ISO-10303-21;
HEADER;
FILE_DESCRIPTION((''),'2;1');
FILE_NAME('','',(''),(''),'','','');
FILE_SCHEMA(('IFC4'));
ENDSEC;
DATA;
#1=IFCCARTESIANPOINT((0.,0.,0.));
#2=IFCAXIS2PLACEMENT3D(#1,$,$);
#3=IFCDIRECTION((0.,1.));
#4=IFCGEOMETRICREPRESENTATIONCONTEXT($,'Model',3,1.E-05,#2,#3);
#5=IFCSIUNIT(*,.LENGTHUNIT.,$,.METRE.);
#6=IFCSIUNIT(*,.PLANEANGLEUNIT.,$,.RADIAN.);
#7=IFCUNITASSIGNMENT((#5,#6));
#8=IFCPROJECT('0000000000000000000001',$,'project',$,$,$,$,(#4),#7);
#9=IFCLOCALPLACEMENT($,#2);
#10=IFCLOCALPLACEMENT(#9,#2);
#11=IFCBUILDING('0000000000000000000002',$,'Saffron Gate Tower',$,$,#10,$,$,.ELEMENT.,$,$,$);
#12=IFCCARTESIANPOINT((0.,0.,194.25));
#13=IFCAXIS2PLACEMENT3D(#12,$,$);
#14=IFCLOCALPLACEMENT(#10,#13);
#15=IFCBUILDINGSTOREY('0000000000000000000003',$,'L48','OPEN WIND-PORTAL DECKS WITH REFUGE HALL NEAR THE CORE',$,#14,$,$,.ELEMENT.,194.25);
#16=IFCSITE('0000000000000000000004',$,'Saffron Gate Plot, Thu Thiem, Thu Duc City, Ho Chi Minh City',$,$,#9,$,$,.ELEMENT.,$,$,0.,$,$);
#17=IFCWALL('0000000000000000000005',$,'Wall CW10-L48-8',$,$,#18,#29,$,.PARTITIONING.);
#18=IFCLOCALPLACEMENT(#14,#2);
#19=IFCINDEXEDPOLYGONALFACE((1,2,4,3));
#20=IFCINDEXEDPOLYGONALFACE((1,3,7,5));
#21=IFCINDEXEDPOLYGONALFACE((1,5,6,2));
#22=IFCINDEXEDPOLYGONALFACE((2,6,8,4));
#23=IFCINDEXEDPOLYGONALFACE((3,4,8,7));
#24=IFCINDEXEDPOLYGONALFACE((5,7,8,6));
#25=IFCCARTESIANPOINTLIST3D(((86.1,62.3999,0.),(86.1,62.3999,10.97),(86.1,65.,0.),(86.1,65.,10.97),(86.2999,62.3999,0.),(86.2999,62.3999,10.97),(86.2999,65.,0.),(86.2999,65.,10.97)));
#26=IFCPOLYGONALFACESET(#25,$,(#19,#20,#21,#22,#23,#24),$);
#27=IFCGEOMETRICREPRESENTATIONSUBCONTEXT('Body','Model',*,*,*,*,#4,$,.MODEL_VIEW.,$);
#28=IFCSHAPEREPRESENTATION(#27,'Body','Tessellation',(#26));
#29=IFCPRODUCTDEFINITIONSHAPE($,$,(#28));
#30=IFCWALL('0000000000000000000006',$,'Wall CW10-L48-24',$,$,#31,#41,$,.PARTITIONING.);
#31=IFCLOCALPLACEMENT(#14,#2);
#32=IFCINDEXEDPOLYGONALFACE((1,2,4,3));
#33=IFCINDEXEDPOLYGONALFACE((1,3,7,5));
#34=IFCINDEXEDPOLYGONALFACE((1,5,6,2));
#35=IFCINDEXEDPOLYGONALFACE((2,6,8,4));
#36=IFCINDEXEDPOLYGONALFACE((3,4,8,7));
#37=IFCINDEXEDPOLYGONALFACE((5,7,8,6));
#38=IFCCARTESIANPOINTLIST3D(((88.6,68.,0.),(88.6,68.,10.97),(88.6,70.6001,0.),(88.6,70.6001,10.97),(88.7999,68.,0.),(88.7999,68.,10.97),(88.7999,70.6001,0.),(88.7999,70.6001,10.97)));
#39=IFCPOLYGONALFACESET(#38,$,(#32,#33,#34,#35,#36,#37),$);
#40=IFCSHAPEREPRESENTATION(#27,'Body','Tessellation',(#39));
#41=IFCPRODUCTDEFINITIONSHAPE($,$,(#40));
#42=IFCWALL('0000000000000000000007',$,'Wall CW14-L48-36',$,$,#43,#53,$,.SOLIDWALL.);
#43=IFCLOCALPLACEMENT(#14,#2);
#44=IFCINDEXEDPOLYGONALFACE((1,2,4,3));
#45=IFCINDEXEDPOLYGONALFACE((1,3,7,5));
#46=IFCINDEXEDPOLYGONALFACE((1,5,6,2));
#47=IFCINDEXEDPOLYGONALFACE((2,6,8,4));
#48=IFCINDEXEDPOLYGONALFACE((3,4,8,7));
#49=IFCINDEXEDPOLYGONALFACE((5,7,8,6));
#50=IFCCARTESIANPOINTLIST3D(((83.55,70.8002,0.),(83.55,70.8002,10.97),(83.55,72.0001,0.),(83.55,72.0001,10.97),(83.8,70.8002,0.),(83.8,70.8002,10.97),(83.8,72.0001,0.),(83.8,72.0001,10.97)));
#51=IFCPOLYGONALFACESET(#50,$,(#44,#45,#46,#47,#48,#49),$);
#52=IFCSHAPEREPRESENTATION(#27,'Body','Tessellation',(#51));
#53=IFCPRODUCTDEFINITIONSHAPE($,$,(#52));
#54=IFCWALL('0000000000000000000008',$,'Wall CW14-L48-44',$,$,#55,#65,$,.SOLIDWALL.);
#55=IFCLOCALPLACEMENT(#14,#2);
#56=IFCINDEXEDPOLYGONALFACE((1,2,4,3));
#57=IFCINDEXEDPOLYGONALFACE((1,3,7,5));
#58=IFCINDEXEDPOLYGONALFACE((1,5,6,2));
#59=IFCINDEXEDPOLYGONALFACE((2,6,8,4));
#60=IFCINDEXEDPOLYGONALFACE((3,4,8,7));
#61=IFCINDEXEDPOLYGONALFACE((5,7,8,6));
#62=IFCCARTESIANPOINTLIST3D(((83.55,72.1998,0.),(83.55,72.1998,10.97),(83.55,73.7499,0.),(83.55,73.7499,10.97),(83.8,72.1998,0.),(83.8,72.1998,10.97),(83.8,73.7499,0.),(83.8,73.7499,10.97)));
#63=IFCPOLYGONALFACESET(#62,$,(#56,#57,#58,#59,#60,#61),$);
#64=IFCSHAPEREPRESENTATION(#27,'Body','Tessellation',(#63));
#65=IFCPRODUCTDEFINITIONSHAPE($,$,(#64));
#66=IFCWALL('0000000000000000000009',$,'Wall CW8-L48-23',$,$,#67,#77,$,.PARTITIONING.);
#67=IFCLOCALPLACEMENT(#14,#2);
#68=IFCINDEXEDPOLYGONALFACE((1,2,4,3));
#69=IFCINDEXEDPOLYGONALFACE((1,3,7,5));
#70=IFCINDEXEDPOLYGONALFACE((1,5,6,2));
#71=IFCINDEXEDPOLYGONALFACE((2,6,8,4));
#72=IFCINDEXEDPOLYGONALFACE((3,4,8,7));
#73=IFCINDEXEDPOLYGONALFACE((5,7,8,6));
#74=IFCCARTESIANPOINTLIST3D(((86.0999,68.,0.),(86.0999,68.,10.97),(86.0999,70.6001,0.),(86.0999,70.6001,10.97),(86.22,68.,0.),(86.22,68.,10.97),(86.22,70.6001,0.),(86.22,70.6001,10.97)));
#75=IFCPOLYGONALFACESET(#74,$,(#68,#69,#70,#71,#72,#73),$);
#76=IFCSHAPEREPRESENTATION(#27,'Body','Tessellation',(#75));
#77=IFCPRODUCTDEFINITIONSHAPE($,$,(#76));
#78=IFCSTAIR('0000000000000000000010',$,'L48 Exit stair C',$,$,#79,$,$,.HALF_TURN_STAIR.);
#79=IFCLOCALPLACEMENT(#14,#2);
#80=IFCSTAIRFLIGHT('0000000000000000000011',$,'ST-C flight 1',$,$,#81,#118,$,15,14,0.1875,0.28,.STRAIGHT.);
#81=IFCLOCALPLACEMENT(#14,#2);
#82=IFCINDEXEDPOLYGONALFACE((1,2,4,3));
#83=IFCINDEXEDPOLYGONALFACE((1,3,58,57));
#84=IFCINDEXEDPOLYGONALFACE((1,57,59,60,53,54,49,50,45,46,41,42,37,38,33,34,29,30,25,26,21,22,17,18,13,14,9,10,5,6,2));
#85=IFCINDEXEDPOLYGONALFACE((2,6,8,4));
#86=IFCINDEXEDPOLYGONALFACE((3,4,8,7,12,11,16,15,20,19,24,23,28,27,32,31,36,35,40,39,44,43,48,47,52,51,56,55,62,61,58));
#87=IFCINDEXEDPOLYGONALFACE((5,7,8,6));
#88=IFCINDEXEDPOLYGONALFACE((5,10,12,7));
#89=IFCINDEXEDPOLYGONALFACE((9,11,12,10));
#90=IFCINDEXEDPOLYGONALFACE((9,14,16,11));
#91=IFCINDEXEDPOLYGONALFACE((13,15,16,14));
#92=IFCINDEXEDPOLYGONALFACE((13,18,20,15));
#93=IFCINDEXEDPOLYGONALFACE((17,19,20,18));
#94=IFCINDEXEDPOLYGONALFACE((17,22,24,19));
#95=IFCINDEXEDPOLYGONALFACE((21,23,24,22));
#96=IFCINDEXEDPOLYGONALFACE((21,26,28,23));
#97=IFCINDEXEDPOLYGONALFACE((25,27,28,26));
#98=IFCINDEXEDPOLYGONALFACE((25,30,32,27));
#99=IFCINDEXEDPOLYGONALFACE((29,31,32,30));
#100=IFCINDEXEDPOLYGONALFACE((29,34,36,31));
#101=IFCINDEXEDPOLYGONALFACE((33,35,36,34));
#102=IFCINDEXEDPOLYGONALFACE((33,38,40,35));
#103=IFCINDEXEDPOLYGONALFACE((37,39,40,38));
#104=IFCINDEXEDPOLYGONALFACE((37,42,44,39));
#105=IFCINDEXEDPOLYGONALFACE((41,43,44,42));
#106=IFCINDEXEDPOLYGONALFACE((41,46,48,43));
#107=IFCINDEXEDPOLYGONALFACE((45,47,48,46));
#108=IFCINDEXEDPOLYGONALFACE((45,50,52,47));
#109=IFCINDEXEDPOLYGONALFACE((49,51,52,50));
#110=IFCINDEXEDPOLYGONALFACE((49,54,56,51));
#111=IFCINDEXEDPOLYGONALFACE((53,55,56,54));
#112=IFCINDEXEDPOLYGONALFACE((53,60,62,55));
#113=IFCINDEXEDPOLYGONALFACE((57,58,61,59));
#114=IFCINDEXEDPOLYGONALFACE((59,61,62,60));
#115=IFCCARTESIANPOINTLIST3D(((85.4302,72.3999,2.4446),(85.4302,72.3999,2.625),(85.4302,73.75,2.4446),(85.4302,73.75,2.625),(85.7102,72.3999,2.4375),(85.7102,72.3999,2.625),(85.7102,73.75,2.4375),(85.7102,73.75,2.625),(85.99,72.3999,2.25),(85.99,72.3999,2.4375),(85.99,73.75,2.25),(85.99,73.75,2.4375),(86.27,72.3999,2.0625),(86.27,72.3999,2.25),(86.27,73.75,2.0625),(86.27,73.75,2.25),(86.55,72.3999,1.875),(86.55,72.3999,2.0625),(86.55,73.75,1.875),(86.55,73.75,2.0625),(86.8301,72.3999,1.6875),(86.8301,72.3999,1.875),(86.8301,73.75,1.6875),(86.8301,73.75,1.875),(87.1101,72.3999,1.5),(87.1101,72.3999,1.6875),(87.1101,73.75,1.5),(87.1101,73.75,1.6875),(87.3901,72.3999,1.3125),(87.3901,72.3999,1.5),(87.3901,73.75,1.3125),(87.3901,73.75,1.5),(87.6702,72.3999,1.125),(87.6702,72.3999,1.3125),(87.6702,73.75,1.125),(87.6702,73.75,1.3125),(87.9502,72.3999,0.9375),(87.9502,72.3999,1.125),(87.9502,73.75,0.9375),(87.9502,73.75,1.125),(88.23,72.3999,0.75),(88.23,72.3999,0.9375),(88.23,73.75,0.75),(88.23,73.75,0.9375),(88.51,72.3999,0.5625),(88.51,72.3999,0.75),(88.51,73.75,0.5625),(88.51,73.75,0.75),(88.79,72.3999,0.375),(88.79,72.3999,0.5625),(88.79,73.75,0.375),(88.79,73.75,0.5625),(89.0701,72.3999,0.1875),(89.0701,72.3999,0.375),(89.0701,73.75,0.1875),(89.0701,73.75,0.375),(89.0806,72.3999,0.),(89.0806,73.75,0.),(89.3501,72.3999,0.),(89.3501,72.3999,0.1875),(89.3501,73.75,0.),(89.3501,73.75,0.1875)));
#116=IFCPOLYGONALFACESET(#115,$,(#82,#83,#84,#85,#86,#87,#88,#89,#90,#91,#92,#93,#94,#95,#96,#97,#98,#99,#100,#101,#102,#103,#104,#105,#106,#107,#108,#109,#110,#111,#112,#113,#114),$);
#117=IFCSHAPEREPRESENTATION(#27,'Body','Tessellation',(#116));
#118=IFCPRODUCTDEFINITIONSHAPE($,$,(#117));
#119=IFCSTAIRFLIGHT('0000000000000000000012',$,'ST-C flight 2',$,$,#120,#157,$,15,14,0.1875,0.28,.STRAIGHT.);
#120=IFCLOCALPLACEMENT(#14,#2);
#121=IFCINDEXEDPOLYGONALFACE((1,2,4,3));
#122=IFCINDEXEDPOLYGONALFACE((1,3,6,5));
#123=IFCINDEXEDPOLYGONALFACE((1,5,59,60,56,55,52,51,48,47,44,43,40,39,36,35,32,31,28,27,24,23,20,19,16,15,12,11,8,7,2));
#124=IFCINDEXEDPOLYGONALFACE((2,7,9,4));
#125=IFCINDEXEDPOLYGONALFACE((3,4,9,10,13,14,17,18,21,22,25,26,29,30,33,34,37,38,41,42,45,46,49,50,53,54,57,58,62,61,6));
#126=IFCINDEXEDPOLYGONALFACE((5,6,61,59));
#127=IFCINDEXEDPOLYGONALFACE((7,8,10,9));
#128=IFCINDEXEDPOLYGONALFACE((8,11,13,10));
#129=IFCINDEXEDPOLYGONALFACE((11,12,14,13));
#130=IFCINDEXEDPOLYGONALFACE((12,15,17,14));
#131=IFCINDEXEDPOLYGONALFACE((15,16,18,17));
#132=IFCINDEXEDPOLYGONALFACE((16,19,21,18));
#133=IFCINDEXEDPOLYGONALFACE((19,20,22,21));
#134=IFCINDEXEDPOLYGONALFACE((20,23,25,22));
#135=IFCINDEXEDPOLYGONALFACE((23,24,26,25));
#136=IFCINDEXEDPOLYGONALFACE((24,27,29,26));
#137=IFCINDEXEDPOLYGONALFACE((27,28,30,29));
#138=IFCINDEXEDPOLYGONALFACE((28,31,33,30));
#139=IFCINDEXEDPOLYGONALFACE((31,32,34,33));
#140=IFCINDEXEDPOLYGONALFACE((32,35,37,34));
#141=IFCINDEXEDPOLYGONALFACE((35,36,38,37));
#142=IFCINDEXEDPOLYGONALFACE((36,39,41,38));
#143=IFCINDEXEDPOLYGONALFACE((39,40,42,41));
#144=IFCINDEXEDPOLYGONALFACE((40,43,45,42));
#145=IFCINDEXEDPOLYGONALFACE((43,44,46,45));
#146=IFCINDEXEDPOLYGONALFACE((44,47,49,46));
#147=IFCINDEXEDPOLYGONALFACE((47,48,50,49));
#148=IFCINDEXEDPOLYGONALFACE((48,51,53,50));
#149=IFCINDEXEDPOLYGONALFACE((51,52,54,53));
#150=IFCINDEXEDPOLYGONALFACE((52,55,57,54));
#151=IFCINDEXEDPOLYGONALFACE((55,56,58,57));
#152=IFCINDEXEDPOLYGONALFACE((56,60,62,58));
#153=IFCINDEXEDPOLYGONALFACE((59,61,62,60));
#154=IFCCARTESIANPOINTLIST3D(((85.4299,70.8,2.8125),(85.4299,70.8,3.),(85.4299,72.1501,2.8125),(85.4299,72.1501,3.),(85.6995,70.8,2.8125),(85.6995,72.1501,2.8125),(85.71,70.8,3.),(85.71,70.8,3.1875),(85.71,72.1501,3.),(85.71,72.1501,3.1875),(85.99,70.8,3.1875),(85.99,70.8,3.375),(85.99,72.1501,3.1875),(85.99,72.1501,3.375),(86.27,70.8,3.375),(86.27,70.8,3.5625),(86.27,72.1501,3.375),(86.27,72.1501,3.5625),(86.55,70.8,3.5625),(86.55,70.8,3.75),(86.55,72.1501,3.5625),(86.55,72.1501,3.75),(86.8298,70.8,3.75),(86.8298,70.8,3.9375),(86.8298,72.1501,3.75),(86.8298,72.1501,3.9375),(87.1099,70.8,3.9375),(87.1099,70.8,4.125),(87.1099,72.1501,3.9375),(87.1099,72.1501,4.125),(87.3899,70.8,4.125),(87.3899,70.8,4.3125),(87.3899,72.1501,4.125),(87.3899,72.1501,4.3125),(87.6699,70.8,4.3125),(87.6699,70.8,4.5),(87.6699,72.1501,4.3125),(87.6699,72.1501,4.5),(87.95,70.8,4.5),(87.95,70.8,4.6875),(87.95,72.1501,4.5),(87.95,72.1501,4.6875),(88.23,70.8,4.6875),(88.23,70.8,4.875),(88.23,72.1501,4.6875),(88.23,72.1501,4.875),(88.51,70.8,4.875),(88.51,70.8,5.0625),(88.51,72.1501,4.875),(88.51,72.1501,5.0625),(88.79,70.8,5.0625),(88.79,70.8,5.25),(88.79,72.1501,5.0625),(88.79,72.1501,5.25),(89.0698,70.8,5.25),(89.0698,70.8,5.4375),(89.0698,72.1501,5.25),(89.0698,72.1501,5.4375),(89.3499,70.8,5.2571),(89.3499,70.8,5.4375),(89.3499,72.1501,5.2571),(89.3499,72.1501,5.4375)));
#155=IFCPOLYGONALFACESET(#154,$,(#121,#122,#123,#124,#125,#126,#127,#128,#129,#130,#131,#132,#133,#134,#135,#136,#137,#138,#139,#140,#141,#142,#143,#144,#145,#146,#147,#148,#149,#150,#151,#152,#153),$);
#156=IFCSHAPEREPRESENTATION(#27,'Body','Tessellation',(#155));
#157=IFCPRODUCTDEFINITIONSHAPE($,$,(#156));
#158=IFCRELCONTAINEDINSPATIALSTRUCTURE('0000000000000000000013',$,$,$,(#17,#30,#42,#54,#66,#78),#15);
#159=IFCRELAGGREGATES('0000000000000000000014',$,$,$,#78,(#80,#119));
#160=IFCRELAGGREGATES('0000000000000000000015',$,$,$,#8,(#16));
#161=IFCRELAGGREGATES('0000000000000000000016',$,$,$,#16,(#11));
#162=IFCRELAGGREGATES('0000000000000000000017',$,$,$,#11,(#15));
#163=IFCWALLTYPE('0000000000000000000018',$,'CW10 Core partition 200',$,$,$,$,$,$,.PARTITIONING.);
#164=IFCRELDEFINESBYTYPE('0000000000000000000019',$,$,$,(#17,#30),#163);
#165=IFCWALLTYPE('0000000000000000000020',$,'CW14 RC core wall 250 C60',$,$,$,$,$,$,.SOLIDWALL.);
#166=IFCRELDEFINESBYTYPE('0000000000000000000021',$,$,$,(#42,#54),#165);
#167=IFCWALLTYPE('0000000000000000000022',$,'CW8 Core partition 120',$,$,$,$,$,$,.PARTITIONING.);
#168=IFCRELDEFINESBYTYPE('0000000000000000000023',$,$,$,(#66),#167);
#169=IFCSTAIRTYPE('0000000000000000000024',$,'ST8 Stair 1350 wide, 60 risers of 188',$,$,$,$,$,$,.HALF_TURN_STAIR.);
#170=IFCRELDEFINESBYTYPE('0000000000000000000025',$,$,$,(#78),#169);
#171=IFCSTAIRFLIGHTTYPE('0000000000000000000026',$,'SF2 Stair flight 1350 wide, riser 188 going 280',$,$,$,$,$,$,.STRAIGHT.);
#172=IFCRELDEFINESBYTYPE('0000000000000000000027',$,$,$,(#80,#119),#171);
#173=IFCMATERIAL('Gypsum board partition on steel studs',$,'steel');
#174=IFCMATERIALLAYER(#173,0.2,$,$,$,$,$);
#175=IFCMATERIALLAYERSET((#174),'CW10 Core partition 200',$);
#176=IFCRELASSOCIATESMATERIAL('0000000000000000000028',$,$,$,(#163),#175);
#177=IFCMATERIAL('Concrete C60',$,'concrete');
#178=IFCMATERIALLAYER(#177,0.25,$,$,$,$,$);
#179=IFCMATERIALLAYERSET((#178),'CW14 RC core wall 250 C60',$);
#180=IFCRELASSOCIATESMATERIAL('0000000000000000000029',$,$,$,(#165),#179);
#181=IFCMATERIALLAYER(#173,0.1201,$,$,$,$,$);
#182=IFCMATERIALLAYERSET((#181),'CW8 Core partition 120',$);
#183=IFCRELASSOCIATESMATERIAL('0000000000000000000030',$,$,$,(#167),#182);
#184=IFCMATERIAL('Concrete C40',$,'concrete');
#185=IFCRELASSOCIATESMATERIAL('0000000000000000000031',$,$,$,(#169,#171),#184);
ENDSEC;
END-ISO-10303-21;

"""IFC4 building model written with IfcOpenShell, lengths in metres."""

from ifc_helpers import new_model, si_unit, direction, frame, frame_2d, origin, place, context, subcontext, project, spatial, polyline, rectangle, outline, extrude, material, layer, layer_set, type_object, element, aggregate, save


model = new_model("IFC4")

# Units and contexts
model_context = context("Model", 3, precision=1e-05, world=origin(), true_north=direction((0.0, 1.0)))
body_context = subcontext(model_context, "Body", "Model", "MODEL_VIEW")
ifc_project = project(units=[si_unit("LENGTHUNIT", "METRE"), si_unit("PLANEANGLEUNIT", "RADIAN")], contexts=[model_context])

# Site, building, storey
site_placement = place(None, origin())
site = spatial("IfcSite", under=ifc_project, at=site_placement, Name="Saffron Gate Plot, Thu Thiem, Thu Duc City, Ho Chi Minh City", CompositionType="ELEMENT", RefElevation=0.0)
building_placement = place(site_placement, origin())
building = spatial("IfcBuilding", under=site, at=building_placement, Name="Saffron Gate Tower", CompositionType="ELEMENT")
storey_placement = place(building_placement, frame((0.0, 0.0, 194.25)))
storey = spatial("IfcBuildingStorey", under=building, at=storey_placement, Name="L48", Description="OPEN WIND-PORTAL DECKS WITH REFUGE HALL NEAR THE CORE", CompositionType="ELEMENT", Elevation=194.25)

# Walls
ifc_material_1 = material(Name="Gypsum board partition on steel studs", Category="steel")
ifc_layer_1 = layer(ifc_material_1, 0.2)
ifc_layer_set_1 = layer_set([ifc_layer_1], Name="CW10 Core partition 200")
wall_type_1 = type_object("IfcWallType", Name="CW10 Core partition 200", PredefinedType="PARTITIONING", material=ifc_layer_set_1)
for number, where, z_axis, x_axis, name in (
    (1, (86.2, 62.3999, 0.0), (0.0, 0.0, 1.0), (0.0, 1.0, 0.0), "Wall CW10-L48-8"),
    (2, (88.7, 68.0, 0.0), (0.0, 0.0, 1.0), (0.0, 1.0, 0.0), "Wall CW10-L48-24"),
):
    element("IfcWall", number, at=place(storey_placement, frame(where, z_axis=z_axis, x_axis=x_axis)), inside=storey, type_object=wall_type_1, Name=name, PredefinedType="PARTITIONING", context=body_context, shape_type="SweptSolid", body=[
        extrude(rectangle(XDim=2.6001, YDim=0.2, at=frame_2d((1.3, 0.0))), origin(), (0.0, 0.0, 1.0), 10.97),
    ])
ifc_material_2 = material(Name="Concrete C60", Category="concrete")
ifc_layer_2 = layer(ifc_material_2, 0.25)
ifc_layer_set_2 = layer_set([ifc_layer_2], Name="CW14 RC core wall 250 C60")
wall_type_2 = type_object("IfcWallType", Name="CW14 RC core wall 250 C60", PredefinedType="SOLIDWALL", material=ifc_layer_set_2)
wall_1_placement = place(storey_placement, frame((83.675, 70.8, 0.0), z_axis=(0.0, 0.0, 1.0), x_axis=(0.0, 1.0, 0.0)))
element("IfcWall", 3, at=wall_1_placement, inside=storey, type_object=wall_type_2, Name="Wall CW14-L48-36", PredefinedType="SOLIDWALL", context=body_context, shape_type="SweptSolid", body=[
    extrude(rectangle(XDim=1.2, YDim=0.25, at=frame_2d((0.6001, 0.0))), origin(), (0.0, 0.0, 1.0), 10.97),
])
wall_2_placement = place(storey_placement, frame((83.675, 72.2, 0.0), z_axis=(0.0, 0.0, 1.0), x_axis=(0.0, 1.0, 0.0)))
element("IfcWall", 4, at=wall_2_placement, inside=storey, type_object=wall_type_2, Name="Wall CW14-L48-44", PredefinedType="SOLIDWALL", context=body_context, shape_type="SweptSolid", body=[
    extrude(rectangle(XDim=1.55, YDim=0.25, at=frame_2d((0.7749, 0.0))), origin(), (0.0, 0.0, 1.0), 10.97),
])
ifc_layer_3 = layer(ifc_material_1, 0.1201)
ifc_layer_set_3 = layer_set([ifc_layer_3], Name="CW8 Core partition 120")
wall_type_3 = type_object("IfcWallType", Name="CW8 Core partition 120", PredefinedType="PARTITIONING", material=ifc_layer_set_3)
wall_3_placement = place(storey_placement, frame((86.1599, 68.0, 0.0), z_axis=(0.0, 0.0, 1.0), x_axis=(0.0, 1.0, 0.0)))
element("IfcWall", 5, at=wall_3_placement, inside=storey, type_object=wall_type_3, Name="Wall CW8-L48-23", PredefinedType="PARTITIONING", context=body_context, shape_type="SweptSolid", body=[
    extrude(rectangle(XDim=2.6001, YDim=0.1201, at=frame_2d((1.3, 0.0))), origin(), (0.0, 0.0, 1.0), 10.97),
])

# Stair, stair flights
ifc_material_3 = material(Name="Concrete C40", Category="concrete")
stair_type = type_object("IfcStairType", Name="ST8 Stair 1350 wide, 60 risers of 188", PredefinedType="HALF_TURN_STAIR", material=ifc_material_3)
stair_placement = place(storey_placement, origin())
stair = element("IfcStair", 6, at=stair_placement, inside=storey, type_object=stair_type, Name="L48 Exit stair C", PredefinedType="HALF_TURN_STAIR")
stair_flight_type = type_object("IfcStairFlightType", Name="SF2 Stair flight 1350 wide, riser 188 going 280", PredefinedType="STRAIGHT", material=ifc_material_3)
stair_flight_1_placement = place(storey_placement, frame((89.3501, 73.075, 0.0), z_axis=(0.0, 0.0, 1.0), x_axis=(-1.0, 0.0, 0.0)))
stair_flight_1 = element("IfcStairFlight", 7, at=stair_flight_1_placement, type_object=stair_flight_type, Name="ST-C flight 1", NumberOfRisers=15, NumberOfTreads=14, PredefinedType="STRAIGHT", RiserHeight=0.1875, TreadLength=0.28, context=body_context, shape_type="SweptSolid", body=[
    extrude(outline(polyline([(0.0, 0.0), (0.0, 0.1875), (0.28, 0.1875), (0.28, 0.375), (0.5601, 0.375), (0.5601, 0.5625), (0.8401, 0.5625), (0.8401, 0.75), (1.1201, 0.75), (1.1201, 0.9375), (1.3999, 0.9375), (1.3999, 1.125), (1.6799, 1.125), (1.6799, 1.3125), (1.96, 1.3125), (1.96, 1.5), (2.24, 1.5), (2.24, 1.6875), (2.52, 1.6875), (2.52, 1.875), (2.8, 1.875), (2.8, 2.0625), (3.0801, 2.0625), (3.0801, 2.25), (3.3601, 2.25), (3.3601, 2.4375), (3.6399, 2.4375), (3.6399, 2.625), (3.9199, 2.625), (3.9199, 2.8125), (3.9199, 2.4446), (0.2695, 0.0), (0.0, 0.0)])), frame((0.0, 0.675, 0.0), z_axis=(0.0, -1.0, 0.0), x_axis=(1.0, 0.0, 0.0)), (0.0, 0.0, 1.0), 1.3501),
])
stair_flight_2_placement = place(storey_placement, frame((85.4299, 71.4751, 2.8125), z_axis=(0.0, 0.0, 1.0), x_axis=(1.0, 0.0, 0.0)))
stair_flight_2 = element("IfcStairFlight", 8, at=stair_flight_2_placement, type_object=stair_flight_type, Name="ST-C flight 2", NumberOfRisers=15, NumberOfTreads=14, PredefinedType="STRAIGHT", RiserHeight=0.1875, TreadLength=0.28, context=body_context, shape_type="SweptSolid", body=[
    extrude(outline(polyline([(0.0, 0.0), (0.0, 0.1875), (0.28, 0.1875), (0.28, 0.375), (0.5601, 0.375), (0.5601, 0.5625), (0.8401, 0.5625), (0.8401, 0.75), (1.1201, 0.75), (1.1201, 0.9375), (1.3999, 0.9375), (1.3999, 1.125), (1.6799, 1.125), (1.6799, 1.3125), (1.96, 1.3125), (1.96, 1.5), (2.24, 1.5), (2.24, 1.6875), (2.52, 1.6875), (2.52, 1.875), (2.8, 1.875), (2.8, 2.0625), (3.0801, 2.0625), (3.0801, 2.25), (3.3601, 2.25), (3.3601, 2.4375), (3.6399, 2.4375), (3.6399, 2.625), (3.9199, 2.625), (3.9199, 2.8125), (3.9199, 2.4446), (0.2695, 0.0), (0.0, 0.0)])), frame((0.0, 0.675, 0.0), z_axis=(0.0, -1.0, 0.0), x_axis=(1.0, 0.0, 0.0)), (0.0, 0.0, 1.0), 1.3501),
])
aggregate(stair, [stair_flight_1, stair_flight_2])

save(model, "model.ifc")
